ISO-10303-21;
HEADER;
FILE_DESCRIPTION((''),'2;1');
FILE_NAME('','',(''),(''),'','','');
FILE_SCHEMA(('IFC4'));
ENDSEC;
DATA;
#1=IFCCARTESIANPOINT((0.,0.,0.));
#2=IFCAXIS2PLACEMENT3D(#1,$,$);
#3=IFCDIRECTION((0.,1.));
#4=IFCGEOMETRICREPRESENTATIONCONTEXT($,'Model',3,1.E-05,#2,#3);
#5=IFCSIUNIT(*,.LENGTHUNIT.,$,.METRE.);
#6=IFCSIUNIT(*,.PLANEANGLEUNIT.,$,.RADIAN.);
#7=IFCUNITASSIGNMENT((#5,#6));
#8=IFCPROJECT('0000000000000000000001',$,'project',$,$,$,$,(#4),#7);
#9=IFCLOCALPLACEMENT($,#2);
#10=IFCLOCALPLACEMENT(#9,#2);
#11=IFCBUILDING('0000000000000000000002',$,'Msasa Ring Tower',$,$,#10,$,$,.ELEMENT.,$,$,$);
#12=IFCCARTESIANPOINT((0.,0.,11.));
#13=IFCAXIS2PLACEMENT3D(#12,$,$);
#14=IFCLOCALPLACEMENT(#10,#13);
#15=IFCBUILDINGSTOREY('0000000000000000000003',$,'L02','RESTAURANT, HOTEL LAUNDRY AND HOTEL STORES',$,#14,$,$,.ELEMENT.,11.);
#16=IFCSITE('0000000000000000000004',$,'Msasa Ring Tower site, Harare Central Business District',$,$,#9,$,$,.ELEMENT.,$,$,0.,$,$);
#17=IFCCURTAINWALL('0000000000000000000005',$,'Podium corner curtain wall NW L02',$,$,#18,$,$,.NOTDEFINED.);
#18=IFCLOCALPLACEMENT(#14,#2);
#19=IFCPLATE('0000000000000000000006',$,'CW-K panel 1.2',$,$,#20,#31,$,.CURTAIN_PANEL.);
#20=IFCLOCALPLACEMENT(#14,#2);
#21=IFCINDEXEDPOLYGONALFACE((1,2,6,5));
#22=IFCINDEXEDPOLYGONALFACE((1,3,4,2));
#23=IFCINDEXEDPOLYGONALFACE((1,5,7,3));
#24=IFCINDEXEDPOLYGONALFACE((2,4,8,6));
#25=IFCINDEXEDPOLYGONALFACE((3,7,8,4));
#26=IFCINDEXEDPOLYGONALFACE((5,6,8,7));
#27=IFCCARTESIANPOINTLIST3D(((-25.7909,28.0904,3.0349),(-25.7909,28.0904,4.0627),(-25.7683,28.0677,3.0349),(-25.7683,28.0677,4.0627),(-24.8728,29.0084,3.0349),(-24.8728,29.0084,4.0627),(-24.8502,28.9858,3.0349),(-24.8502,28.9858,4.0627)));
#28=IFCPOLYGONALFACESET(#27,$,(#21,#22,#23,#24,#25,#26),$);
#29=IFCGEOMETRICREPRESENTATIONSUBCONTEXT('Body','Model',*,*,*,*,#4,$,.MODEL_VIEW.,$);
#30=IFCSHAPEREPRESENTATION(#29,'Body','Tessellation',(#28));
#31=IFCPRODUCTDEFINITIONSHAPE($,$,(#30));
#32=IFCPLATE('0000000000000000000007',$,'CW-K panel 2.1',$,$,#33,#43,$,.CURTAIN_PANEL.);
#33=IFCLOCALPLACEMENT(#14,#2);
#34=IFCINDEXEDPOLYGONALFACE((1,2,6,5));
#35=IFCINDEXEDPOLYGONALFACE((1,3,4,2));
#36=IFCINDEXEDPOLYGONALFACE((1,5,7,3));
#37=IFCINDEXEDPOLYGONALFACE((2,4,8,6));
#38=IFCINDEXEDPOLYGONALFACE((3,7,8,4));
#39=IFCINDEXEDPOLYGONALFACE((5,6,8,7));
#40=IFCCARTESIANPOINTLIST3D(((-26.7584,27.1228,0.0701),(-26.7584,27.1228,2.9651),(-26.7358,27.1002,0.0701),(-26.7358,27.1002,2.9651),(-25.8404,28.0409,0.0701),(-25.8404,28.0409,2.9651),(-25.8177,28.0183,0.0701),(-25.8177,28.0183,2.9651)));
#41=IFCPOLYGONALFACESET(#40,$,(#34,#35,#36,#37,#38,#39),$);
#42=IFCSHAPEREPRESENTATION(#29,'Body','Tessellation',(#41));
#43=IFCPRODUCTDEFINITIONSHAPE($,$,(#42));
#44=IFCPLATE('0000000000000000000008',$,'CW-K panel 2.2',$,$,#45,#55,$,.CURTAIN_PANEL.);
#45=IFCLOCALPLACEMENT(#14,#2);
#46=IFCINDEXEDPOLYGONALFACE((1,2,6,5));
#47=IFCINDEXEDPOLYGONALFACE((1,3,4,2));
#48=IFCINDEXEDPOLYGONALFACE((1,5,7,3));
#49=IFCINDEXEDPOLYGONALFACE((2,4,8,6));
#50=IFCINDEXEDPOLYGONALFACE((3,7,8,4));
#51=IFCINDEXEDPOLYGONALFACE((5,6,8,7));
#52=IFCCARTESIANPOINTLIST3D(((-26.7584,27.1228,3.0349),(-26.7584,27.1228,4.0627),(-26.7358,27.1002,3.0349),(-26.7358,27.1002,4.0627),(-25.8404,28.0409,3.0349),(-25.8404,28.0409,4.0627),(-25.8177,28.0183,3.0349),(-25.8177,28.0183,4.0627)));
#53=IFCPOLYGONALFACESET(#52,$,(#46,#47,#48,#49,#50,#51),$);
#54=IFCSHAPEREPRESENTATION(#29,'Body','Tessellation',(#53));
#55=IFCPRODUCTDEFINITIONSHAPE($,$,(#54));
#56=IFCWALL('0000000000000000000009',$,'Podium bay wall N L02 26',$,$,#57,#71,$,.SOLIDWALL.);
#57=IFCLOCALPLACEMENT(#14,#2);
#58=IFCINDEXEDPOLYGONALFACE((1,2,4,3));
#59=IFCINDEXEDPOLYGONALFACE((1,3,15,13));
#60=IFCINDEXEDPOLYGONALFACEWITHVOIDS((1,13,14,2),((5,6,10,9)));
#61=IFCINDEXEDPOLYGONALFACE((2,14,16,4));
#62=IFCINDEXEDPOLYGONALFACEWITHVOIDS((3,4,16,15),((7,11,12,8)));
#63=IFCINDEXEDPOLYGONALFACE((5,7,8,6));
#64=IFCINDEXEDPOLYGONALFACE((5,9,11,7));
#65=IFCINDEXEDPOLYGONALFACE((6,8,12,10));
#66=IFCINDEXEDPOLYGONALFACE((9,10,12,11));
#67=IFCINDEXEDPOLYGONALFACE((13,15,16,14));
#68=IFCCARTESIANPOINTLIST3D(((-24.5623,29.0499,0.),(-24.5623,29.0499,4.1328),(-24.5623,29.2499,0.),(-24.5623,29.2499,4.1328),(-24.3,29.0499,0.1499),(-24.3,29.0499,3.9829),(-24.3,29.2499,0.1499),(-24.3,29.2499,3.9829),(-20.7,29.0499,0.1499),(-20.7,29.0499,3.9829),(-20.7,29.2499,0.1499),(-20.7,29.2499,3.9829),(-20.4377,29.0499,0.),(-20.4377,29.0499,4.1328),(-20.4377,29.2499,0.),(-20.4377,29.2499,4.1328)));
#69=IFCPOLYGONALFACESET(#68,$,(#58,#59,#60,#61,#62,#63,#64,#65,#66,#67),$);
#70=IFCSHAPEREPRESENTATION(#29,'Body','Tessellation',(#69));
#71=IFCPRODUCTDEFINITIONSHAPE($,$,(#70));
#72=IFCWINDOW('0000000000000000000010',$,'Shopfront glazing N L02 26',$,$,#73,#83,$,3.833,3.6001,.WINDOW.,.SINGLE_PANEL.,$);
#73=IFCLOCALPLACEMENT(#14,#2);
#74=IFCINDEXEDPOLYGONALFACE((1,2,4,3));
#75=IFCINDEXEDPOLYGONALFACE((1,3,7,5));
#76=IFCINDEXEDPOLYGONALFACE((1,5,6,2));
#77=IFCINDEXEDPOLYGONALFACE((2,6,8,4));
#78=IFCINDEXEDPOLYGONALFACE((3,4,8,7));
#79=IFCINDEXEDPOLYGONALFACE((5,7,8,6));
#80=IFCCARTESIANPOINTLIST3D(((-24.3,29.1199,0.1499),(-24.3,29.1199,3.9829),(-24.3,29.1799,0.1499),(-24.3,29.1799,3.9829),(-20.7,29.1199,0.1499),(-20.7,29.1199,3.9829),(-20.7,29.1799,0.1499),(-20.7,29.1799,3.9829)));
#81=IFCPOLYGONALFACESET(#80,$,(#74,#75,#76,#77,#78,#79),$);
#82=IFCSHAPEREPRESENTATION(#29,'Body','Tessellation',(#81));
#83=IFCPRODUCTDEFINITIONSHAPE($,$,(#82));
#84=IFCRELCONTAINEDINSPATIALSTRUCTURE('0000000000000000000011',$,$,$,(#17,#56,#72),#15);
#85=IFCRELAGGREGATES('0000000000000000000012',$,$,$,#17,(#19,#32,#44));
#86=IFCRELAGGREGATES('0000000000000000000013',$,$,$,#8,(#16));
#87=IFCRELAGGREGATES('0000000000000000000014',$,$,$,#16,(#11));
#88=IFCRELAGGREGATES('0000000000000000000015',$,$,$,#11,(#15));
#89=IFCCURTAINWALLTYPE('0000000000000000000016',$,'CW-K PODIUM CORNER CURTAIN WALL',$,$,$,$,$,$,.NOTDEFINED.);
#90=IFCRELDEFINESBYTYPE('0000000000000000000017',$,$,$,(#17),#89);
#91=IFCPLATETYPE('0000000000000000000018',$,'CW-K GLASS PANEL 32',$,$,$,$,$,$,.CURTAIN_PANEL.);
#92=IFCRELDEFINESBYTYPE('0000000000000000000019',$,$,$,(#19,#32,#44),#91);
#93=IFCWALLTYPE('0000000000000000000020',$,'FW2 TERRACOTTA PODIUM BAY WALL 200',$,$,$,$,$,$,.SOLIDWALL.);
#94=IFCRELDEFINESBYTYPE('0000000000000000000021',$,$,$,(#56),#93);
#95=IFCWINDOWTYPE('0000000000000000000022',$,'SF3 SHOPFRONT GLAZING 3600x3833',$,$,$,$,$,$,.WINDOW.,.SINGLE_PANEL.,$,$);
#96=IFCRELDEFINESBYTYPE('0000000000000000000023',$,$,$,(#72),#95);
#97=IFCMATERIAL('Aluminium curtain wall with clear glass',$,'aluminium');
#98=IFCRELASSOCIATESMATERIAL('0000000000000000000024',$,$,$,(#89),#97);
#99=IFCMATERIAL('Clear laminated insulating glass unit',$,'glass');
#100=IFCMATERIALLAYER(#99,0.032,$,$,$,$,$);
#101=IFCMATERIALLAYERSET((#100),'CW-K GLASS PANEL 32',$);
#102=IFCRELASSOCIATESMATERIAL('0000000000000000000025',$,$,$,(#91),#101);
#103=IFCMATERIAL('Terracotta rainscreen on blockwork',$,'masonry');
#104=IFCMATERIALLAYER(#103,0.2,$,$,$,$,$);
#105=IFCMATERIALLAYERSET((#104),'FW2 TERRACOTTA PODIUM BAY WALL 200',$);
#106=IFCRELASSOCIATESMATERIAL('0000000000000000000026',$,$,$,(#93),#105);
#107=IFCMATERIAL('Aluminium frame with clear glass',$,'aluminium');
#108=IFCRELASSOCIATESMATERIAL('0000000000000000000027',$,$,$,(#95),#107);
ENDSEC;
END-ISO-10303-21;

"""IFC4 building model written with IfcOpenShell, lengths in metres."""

from ifc_helpers import new_model, si_unit, direction, frame, frame_2d, origin, origin_2d, place, context, subcontext, project, spatial, rectangle, extrude, material, layer, layer_set, type_object, element, fill, aggregate, save


model = new_model("IFC4")

# Units and contexts
model_context = context("Model", 3, precision=1e-05, world=origin(), true_north=direction((0.0, 1.0)))
body_context = subcontext(model_context, "Body", "Model", "MODEL_VIEW")
ifc_project = project(units=[si_unit("LENGTHUNIT", "METRE"), si_unit("PLANEANGLEUNIT", "RADIAN")], contexts=[model_context])

# Site, building, storey
site_placement = place(None, origin())
site = spatial("IfcSite", under=ifc_project, at=site_placement, Name="Msasa Ring Tower site, Harare Central Business District", CompositionType="ELEMENT", RefElevation=0.0)
building_placement = place(site_placement, origin())
building = spatial("IfcBuilding", under=site, at=building_placement, Name="Msasa Ring Tower", CompositionType="ELEMENT")
storey_placement = place(building_placement, frame((0.0, 0.0, 11.0)))
storey = spatial("IfcBuildingStorey", under=building, at=storey_placement, Name="L02", Description="RESTAURANT, HOTEL LAUNDRY AND HOTEL STORES", CompositionType="ELEMENT", Elevation=11.0)

# Curtain wall
ifc_material_1 = material(Name="Aluminium curtain wall with clear glass", Category="aluminium")
curtain_wall_type = type_object("IfcCurtainWallType", Name="CW-K PODIUM CORNER CURTAIN WALL", PredefinedType="NOTDEFINED", material=ifc_material_1)
curtain_wall_placement = place(storey_placement, origin())
curtain_wall = element("IfcCurtainWall", 1, at=curtain_wall_placement, inside=storey, type_object=curtain_wall_type, Name="Podium corner curtain wall NW L02", PredefinedType="NOTDEFINED")

# Plates
ifc_material_2 = material(Name="Clear laminated insulating glass unit", Category="glass")
ifc_layer_1 = layer(ifc_material_2, 0.032)
ifc_layer_set_1 = layer_set([ifc_layer_1], Name="CW-K GLASS PANEL 32")
plate_type = type_object("IfcPlateType", Name="CW-K GLASS PANEL 32", PredefinedType="CURTAIN_PANEL", material=ifc_layer_set_1)
plate_1_placement = place(storey_placement, frame((-25.3206, 28.5381, 3.0349), z_axis=(0.0, 0.0, 1.0), x_axis=(-0.707107, -0.707107, 0.0)))
plate_1 = element("IfcPlate", 2, at=plate_1_placement, type_object=plate_type, Name="CW-K panel 1.2", PredefinedType="CURTAIN_PANEL", context=body_context, shape_type="SweptSolid", body=[
    extrude(rectangle(XDim=1.2983, YDim=0.032, at=origin_2d()), origin(), (0.0, 0.0, 1.0), 1.0278),
])
plate_2_placement = place(storey_placement, frame((-26.2881, 27.5706, 0.0701), z_axis=(0.0, 0.0, 1.0), x_axis=(-0.707107, -0.707107, 0.0)))
plate_2 = element("IfcPlate", 3, at=plate_2_placement, type_object=plate_type, Name="CW-K panel 2.1", PredefinedType="CURTAIN_PANEL", context=body_context, shape_type="SweptSolid", body=[
    extrude(rectangle(XDim=1.2983, YDim=0.032, at=origin_2d()), origin(), (0.0, 0.0, 1.0), 2.895),
])
plate_3_placement = place(storey_placement, frame((-26.2881, 27.5706, 3.0349), z_axis=(0.0, 0.0, 1.0), x_axis=(-0.707107, -0.707107, 0.0)))
plate_3 = element("IfcPlate", 4, at=plate_3_placement, type_object=plate_type, Name="CW-K panel 2.2", PredefinedType="CURTAIN_PANEL", context=body_context, shape_type="SweptSolid", body=[
    extrude(rectangle(XDim=1.2983, YDim=0.032, at=origin_2d()), origin(), (0.0, 0.0, 1.0), 1.0278),
])
aggregate(curtain_wall, [plate_1, plate_2, plate_3])

# Wall, opening, window
ifc_material_3 = material(Name="Terracotta rainscreen on blockwork", Category="masonry")
ifc_layer_2 = layer(ifc_material_3, 0.2)
ifc_layer_set_2 = layer_set([ifc_layer_2], Name="FW2 TERRACOTTA PODIUM BAY WALL 200")
wall_type = type_object("IfcWallType", Name="FW2 TERRACOTTA PODIUM BAY WALL 200", PredefinedType="SOLIDWALL", material=ifc_layer_set_2)
wall_placement = place(storey_placement, frame((-24.5623, 29.1499, 0.0), z_axis=(0.0, 0.0, 1.0), x_axis=(1.0, 0.0, 0.0)))
wall = element("IfcWall", 5, at=wall_placement, inside=storey, type_object=wall_type, Name="Podium bay wall N L02 26", PredefinedType="SOLIDWALL", context=body_context, shape_type="SweptSolid", body=[
    extrude(rectangle(XDim=4.1245, YDim=0.2, at=frame_2d((2.0623, 0.0))), origin(), (0.0, 0.0, 1.0), 4.1328),
])
opening_placement = place(wall_placement, frame((0.2622, 0.0, 0.1499)))
opening = element("IfcOpeningElement", 6, at=opening_placement, cuts=wall, PredefinedType="OPENING", context=body_context, shape_type="SweptSolid", body=[
    extrude(rectangle(XDim=3.6001, YDim=3.833, at=frame_2d((1.8, 1.9165))), frame((0.0, 0.1099, 0.0), z_axis=(0.0, -1.0, 0.0), x_axis=(1.0, 0.0, 0.0)), (0.0, 0.0, 1.0), 0.22),
])
ifc_material_4 = material(Name="Aluminium frame with clear glass", Category="aluminium")
window_type = type_object("IfcWindowType", Name="SF3 SHOPFRONT GLAZING 3600x3833", PartitioningType="SINGLE_PANEL", PredefinedType="WINDOW", material=ifc_material_4)
window_placement = place(opening_placement, origin())
window = element("IfcWindow", 7, at=window_placement, inside=storey, type_object=window_type, Name="Shopfront glazing N L02 26", OverallHeight=3.833, OverallWidth=3.6001, PartitioningType="SINGLE_PANEL", PredefinedType="WINDOW", context=body_context, shape_type="SweptSolid", body=[
    extrude(rectangle(XDim=3.6001, YDim=3.833, at=frame_2d((1.8, 1.9165))), frame((0.0, 0.03, 0.0), z_axis=(0.0, -1.0, 0.0), x_axis=(1.0, 0.0, 0.0)), (0.0, 0.0, 1.0), 0.0601),
])
fill(opening, window)

save(model, "model.ifc")
